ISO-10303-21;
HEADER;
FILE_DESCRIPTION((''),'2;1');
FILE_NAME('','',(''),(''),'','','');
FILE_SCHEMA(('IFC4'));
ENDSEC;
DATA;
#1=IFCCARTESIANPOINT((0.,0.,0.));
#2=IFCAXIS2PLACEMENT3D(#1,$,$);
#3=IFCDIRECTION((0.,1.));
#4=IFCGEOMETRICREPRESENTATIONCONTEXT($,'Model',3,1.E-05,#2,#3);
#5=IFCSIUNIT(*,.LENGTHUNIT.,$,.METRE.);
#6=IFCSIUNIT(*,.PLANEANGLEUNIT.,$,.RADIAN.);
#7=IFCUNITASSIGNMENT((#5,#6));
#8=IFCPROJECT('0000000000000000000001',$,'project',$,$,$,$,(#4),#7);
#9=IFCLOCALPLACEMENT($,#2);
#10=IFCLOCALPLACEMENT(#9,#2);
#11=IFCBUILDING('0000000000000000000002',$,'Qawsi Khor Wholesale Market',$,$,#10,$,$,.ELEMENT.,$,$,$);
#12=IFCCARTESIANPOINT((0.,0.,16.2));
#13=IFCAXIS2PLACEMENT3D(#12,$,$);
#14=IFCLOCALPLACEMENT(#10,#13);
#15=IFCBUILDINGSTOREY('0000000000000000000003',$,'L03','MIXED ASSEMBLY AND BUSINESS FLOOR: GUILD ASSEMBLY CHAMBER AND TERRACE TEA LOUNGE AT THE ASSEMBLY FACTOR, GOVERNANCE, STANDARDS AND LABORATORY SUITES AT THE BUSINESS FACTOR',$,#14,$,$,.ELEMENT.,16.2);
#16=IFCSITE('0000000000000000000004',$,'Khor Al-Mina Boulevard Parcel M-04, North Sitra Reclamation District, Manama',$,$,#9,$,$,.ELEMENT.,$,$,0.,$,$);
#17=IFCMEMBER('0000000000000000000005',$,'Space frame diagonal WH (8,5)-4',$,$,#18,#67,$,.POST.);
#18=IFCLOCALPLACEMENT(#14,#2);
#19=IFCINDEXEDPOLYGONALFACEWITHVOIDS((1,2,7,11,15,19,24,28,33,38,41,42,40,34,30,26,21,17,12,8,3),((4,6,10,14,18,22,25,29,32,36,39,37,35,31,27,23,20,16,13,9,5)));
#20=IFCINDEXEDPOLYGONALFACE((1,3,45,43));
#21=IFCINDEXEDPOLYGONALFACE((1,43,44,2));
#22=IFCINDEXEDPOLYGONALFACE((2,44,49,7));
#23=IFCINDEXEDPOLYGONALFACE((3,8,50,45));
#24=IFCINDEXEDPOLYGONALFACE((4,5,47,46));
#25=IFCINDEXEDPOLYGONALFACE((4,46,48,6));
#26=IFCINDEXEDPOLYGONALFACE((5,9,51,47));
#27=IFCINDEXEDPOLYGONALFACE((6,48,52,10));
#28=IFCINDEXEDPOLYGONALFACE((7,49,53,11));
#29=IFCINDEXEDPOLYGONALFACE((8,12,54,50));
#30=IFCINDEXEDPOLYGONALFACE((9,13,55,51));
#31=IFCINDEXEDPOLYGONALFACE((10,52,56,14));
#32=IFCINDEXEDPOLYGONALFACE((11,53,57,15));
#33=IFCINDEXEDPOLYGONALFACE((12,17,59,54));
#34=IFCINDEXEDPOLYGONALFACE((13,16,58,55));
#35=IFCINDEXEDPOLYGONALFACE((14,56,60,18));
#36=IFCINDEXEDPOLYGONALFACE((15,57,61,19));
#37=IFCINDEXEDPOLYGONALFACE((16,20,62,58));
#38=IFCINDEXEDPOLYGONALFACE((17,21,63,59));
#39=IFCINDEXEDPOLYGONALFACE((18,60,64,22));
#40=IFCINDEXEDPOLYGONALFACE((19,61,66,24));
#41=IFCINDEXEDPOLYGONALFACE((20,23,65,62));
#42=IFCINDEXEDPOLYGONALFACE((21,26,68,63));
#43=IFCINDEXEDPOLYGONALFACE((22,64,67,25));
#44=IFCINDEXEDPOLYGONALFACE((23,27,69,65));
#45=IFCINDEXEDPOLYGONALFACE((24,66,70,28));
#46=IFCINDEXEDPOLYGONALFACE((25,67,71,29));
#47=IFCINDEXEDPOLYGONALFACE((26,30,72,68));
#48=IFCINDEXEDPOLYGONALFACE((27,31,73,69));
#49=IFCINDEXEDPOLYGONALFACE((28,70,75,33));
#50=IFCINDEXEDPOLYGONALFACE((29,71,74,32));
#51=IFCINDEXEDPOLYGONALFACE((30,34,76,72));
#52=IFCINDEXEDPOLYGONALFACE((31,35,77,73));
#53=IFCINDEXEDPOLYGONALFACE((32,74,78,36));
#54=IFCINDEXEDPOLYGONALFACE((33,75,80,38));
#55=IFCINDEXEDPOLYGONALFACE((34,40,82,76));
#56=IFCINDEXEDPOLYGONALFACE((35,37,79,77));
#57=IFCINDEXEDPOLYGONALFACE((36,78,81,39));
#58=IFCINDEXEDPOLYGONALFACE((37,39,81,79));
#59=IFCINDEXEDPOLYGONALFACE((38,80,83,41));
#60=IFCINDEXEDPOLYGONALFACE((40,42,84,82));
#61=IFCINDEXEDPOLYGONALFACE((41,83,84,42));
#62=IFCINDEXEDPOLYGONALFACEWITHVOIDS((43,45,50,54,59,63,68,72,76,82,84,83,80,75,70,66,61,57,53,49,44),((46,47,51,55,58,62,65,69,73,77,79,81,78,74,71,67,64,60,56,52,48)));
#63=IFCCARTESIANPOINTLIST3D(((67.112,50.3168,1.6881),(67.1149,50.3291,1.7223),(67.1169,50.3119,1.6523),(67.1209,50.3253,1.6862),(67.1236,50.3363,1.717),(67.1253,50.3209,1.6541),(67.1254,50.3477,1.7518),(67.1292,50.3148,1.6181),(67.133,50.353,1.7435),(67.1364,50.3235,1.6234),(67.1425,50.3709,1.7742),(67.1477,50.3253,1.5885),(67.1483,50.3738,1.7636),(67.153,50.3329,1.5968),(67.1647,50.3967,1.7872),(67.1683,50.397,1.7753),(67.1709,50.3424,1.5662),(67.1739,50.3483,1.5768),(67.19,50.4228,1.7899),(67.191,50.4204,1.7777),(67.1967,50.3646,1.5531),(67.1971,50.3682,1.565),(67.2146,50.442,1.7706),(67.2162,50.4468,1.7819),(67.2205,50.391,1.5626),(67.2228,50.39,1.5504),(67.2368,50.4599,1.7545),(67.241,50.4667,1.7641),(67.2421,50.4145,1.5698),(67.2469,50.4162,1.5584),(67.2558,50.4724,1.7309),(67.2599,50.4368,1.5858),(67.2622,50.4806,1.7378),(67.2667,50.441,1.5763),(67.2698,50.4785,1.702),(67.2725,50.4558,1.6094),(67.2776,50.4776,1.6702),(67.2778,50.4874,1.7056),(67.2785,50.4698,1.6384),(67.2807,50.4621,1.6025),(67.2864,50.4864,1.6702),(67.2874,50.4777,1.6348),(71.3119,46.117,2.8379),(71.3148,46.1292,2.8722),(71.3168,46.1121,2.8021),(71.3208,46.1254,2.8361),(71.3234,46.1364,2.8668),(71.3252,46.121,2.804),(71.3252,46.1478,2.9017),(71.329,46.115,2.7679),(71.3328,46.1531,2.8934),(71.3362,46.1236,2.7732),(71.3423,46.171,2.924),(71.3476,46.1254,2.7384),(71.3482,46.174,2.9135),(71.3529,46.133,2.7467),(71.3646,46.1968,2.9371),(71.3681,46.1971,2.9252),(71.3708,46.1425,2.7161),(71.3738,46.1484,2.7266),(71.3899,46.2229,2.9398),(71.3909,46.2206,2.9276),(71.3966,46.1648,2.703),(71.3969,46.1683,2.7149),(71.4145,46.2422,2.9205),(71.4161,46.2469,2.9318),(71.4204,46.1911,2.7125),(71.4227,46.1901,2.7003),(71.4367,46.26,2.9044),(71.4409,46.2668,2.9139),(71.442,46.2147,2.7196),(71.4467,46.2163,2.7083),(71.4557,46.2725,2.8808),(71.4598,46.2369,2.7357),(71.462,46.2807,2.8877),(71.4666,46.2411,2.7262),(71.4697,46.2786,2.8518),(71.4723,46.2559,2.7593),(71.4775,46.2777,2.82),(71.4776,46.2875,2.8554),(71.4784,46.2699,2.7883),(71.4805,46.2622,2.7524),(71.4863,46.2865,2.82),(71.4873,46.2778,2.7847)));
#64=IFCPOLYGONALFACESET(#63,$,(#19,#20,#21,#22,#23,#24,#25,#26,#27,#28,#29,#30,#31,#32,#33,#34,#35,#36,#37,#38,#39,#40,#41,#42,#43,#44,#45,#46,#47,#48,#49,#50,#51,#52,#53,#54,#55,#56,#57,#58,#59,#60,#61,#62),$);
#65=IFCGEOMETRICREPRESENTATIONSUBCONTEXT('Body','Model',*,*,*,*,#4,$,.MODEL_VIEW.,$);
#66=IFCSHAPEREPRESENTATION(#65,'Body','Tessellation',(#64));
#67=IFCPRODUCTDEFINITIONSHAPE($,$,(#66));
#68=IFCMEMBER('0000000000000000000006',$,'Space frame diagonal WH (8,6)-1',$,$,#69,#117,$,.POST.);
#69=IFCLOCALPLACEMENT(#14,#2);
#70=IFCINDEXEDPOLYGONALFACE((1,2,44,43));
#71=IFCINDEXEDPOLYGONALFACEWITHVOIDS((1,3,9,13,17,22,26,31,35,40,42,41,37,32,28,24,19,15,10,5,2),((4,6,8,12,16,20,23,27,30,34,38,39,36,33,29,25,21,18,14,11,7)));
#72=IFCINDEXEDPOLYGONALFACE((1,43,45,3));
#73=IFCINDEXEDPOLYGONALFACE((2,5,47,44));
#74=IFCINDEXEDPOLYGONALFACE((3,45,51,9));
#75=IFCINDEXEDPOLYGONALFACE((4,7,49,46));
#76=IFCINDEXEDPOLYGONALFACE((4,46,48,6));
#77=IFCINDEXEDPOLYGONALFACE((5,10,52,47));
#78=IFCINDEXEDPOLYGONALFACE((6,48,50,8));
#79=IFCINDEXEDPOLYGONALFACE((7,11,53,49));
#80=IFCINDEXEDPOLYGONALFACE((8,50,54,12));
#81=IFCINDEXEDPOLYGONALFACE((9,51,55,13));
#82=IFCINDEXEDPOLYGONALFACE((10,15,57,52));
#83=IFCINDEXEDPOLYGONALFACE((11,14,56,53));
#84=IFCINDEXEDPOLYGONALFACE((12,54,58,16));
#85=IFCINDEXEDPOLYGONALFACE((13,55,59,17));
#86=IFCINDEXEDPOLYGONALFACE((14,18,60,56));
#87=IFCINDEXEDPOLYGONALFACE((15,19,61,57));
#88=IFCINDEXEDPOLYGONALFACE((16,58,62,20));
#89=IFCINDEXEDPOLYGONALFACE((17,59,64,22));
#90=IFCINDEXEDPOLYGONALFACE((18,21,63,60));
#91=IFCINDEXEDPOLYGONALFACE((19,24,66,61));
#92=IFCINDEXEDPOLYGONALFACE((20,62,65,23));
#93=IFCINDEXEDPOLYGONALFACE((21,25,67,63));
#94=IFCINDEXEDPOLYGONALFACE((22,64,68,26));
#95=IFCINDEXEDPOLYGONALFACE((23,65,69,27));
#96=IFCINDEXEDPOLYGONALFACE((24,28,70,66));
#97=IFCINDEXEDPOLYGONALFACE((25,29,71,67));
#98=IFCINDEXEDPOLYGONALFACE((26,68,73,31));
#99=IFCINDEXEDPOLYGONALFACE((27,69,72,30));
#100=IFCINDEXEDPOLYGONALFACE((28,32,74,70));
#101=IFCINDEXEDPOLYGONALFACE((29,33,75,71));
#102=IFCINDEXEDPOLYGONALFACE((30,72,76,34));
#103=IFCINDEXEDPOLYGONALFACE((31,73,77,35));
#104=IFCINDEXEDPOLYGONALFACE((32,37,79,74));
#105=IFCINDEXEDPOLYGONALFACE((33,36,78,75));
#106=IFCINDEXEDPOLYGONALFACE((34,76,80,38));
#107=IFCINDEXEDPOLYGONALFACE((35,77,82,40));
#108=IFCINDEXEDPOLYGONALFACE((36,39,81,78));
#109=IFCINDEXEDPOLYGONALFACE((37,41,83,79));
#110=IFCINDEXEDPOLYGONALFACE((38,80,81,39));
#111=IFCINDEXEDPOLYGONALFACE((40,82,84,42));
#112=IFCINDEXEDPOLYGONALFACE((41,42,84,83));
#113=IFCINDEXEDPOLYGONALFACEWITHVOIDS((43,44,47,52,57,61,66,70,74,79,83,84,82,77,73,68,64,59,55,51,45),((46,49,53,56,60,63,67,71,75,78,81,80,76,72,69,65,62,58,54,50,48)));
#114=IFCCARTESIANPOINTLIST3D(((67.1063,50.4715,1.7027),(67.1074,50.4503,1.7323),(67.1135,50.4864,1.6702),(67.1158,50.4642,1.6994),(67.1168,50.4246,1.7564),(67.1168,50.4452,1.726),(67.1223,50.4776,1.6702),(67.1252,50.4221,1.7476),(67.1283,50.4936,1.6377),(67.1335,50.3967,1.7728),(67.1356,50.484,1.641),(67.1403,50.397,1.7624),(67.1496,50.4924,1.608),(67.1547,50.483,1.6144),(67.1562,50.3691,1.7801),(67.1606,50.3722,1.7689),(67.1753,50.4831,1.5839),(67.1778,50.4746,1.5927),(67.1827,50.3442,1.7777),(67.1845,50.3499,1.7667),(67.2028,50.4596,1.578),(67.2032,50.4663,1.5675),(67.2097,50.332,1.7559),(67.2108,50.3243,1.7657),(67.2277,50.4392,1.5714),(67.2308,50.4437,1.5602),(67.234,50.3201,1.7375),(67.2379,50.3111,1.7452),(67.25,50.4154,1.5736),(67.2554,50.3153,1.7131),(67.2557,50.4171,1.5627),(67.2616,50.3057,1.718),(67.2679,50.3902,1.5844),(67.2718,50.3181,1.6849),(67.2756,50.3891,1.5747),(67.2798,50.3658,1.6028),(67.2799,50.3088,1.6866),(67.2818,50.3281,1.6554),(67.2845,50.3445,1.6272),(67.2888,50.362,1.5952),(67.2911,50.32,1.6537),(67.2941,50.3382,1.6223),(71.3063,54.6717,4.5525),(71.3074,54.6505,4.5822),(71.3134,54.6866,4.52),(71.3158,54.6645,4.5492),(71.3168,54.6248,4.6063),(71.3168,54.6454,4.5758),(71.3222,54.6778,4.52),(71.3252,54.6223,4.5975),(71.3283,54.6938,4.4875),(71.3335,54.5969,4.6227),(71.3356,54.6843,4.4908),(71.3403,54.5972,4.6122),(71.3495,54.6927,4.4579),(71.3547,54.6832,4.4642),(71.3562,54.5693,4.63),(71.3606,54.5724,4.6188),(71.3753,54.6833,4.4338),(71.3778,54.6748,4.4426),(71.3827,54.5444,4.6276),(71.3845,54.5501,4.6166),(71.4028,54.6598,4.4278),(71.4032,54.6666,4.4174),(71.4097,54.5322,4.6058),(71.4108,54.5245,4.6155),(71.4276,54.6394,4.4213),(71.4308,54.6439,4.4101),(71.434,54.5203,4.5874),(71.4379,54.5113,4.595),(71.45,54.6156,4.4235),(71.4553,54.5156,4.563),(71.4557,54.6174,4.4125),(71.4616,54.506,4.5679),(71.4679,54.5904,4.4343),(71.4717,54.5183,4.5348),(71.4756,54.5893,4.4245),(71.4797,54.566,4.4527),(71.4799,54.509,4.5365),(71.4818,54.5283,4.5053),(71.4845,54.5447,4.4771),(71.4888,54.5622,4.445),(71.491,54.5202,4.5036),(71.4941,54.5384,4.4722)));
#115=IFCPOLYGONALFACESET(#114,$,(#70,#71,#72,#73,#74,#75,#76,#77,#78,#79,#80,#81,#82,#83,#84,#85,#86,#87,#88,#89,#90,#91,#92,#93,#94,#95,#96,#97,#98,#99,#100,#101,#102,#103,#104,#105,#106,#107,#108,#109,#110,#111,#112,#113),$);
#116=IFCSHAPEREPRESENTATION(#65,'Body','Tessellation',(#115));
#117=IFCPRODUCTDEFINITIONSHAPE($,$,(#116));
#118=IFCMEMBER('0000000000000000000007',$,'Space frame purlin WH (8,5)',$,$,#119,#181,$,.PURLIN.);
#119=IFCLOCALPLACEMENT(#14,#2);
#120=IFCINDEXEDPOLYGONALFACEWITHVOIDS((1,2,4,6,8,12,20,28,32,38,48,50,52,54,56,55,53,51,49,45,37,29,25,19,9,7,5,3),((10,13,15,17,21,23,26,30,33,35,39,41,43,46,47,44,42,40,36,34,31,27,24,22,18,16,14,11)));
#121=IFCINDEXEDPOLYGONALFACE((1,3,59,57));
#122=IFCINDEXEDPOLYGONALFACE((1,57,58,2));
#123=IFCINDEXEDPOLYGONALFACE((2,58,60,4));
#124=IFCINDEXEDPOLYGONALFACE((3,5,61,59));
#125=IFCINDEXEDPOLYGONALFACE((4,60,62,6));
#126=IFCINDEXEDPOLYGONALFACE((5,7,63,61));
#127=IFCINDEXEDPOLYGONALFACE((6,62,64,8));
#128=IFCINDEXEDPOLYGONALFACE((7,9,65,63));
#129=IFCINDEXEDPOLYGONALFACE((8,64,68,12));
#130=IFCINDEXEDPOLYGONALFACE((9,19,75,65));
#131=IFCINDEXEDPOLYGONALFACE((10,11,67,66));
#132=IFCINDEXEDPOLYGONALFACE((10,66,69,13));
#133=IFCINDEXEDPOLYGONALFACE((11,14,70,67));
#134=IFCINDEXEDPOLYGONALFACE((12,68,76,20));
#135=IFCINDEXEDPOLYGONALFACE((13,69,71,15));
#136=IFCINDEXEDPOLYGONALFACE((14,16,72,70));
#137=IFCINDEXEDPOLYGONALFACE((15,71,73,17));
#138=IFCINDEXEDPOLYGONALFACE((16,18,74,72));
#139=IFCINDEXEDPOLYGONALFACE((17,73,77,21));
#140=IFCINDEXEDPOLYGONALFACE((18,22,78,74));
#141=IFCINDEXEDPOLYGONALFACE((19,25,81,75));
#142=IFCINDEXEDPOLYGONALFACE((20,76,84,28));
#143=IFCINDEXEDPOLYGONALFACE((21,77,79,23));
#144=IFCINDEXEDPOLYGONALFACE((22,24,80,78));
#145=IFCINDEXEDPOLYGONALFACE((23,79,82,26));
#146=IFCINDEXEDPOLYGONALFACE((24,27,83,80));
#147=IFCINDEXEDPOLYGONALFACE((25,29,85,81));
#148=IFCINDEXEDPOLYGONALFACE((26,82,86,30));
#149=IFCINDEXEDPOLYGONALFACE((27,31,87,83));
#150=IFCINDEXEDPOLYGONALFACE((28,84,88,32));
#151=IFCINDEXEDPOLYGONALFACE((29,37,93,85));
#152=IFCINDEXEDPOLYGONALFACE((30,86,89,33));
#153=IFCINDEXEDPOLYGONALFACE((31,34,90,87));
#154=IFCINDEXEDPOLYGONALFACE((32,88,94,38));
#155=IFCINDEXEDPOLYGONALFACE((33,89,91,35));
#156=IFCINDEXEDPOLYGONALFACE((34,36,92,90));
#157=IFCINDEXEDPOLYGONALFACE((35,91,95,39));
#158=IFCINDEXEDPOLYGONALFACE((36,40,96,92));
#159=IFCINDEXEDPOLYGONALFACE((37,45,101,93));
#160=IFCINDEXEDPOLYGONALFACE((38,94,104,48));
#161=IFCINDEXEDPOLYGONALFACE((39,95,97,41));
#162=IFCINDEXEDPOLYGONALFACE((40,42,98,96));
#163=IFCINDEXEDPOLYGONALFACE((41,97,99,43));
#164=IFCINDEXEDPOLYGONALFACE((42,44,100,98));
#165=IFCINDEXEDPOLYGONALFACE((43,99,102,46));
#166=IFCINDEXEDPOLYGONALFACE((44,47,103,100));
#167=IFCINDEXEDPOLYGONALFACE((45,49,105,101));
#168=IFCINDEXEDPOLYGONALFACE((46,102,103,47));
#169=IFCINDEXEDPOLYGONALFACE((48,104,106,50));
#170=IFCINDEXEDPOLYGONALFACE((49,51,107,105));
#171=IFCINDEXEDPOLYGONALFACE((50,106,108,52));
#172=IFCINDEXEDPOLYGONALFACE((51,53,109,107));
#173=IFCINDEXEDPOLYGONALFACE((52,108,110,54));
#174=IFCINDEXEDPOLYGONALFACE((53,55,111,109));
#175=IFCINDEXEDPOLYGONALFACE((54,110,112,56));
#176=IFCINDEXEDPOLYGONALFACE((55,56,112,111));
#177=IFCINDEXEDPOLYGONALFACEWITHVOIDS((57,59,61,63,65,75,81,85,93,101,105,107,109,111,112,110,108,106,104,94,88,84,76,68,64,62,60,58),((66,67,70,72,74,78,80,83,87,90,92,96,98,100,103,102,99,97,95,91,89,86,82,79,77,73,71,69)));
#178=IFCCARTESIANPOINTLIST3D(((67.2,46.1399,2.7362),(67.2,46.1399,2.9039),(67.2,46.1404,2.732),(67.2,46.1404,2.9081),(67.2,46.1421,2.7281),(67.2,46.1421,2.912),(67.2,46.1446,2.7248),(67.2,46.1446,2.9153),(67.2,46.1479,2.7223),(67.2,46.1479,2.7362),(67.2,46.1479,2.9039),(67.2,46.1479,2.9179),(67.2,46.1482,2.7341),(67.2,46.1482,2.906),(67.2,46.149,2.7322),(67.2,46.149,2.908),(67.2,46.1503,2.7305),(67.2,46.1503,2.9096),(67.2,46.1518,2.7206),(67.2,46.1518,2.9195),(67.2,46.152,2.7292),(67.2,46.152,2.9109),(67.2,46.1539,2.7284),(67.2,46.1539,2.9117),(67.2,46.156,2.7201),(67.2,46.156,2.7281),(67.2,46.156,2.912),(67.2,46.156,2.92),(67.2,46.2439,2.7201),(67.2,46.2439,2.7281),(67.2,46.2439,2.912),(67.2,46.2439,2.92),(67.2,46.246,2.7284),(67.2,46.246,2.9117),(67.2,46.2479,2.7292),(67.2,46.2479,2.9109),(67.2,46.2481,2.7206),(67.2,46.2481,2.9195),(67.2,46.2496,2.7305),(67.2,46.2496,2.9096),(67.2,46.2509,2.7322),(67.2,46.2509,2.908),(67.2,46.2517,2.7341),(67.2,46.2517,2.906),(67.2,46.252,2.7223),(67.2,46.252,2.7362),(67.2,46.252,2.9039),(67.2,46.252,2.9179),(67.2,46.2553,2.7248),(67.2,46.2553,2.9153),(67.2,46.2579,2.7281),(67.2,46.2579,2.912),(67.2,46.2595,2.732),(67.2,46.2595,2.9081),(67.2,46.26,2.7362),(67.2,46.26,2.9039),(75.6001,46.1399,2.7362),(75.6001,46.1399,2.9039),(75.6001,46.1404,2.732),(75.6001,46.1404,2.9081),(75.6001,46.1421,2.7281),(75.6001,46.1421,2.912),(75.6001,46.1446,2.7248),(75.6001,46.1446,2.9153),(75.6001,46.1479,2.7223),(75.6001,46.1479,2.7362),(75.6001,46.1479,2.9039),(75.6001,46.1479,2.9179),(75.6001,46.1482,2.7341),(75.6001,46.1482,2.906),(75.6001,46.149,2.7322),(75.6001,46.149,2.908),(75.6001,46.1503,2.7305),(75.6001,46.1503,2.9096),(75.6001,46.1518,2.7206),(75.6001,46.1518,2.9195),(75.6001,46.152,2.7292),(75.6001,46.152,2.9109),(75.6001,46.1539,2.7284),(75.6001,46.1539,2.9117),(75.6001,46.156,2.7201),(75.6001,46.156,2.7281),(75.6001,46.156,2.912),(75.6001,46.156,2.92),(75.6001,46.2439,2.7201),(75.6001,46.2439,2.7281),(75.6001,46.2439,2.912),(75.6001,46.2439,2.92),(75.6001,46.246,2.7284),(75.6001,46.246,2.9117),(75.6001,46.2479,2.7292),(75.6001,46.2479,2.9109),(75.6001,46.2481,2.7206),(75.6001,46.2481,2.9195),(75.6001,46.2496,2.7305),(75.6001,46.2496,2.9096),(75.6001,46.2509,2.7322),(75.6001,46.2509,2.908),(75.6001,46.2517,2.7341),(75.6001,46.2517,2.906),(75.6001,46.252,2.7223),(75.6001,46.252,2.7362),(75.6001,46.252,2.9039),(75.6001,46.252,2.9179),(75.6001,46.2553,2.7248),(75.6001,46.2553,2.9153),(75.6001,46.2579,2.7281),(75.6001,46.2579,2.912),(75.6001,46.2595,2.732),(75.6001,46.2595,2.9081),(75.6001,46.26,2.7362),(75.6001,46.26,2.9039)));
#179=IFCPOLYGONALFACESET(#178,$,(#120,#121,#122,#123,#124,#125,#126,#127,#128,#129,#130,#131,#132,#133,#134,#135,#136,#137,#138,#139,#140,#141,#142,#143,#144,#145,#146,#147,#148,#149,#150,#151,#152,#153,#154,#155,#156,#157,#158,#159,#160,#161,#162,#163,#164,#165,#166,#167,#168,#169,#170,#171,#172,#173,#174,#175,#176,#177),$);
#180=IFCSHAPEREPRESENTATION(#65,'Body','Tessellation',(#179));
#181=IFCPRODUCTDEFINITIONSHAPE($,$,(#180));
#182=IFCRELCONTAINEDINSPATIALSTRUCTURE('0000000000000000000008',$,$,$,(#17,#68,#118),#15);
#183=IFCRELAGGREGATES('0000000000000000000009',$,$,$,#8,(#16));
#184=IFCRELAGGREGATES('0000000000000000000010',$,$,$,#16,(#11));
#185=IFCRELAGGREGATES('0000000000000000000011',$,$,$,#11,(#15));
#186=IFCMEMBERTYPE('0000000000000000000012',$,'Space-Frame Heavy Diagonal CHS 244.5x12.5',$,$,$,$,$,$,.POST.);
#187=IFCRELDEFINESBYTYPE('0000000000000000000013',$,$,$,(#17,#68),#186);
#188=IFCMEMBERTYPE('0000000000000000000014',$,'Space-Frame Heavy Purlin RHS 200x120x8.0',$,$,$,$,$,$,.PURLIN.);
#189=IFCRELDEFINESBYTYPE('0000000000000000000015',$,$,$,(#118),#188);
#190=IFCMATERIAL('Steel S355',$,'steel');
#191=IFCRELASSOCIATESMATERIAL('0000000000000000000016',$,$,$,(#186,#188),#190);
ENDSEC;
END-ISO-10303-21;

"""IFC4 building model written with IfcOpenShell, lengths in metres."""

from ifc_helpers import new_model, si_unit, direction, frame, origin, origin_2d, place, context, subcontext, project, spatial, hollow_rectangle, hollow_circle, extrude, material, material_profile, profile_set, type_object, element, save


model = new_model("IFC4")

# Units and contexts
model_context = context("Model", 3, precision=1e-05, world=origin(), true_north=direction((0.0, 1.0)))
body_context = subcontext(model_context, "Body", "Model", "MODEL_VIEW")
ifc_project = project(units=[si_unit("LENGTHUNIT", "METRE"), si_unit("PLANEANGLEUNIT", "RADIAN")], contexts=[model_context])

# Site, building, storey
site_placement = place(None, origin())
site = spatial("IfcSite", under=ifc_project, at=site_placement, Name="Khor Al-Mina Boulevard Parcel M-04, North Sitra Reclamation District, Manama", CompositionType="ELEMENT", RefElevation=0.0)
building_placement = place(site_placement, origin())
building = spatial("IfcBuilding", under=site, at=building_placement, Name="Qawsi Khor Wholesale Market", CompositionType="ELEMENT")
storey_placement = place(building_placement, frame((0.0, 0.0, 16.2)))
storey = spatial("IfcBuildingStorey", under=building, at=storey_placement, Name="L03", Description="MIXED ASSEMBLY AND BUSINESS FLOOR: GUILD ASSEMBLY CHAMBER AND TERRACE TEA LOUNGE AT THE ASSEMBLY FACTOR, GOVERNANCE, STANDARDS AND LABORATORY SUITES AT THE BUSINESS FACTOR", CompositionType="ELEMENT", Elevation=16.2)

# Members
ifc_material_1 = material(Name="Steel S355", Category="steel")
ifc_material_profile_1 = material_profile(ifc_material_1, hollow_circle(Radius=0.1223, WallThickness=0.0125, at=origin_2d()), Name="CHS 244.5x12.5")
ifc_profile_set_1 = profile_set([ifc_material_profile_1], Name="Steel S355")
member_type_1 = type_object("IfcMemberType", Name="Space-Frame Heavy Diagonal CHS 244.5x12.5", PredefinedType="POST", material=ifc_profile_set_1)
member_1_placement = place(storey_placement, frame((67.2, 50.3999, 1.6702), z_axis=(0.694217, -0.694217, 0.190069), x_axis=(0.707107, 0.707107, 0.0)))
element("IfcMember", 1, at=member_1_placement, inside=storey, type_object=member_type_1, Name="Space frame diagonal WH (8,5)-4", PredefinedType="POST", context=body_context, shape_type="SweptSolid", body=[
    extrude(hollow_circle(Radius=0.1223, WallThickness=0.0125, at=origin_2d()), origin(), (0.0, 0.0, 1.0), 6.0498),
])
member_2_placement = place(storey_placement, frame((67.2, 50.3999, 1.6702), z_axis=(0.637507, 0.637544, 0.432577), x_axis=(-0.707127, 0.707086, 0.0)))
element("IfcMember", 2, at=member_2_placement, inside=storey, type_object=member_type_1, Name="Space frame diagonal WH (8,6)-1", PredefinedType="POST", context=body_context, shape_type="SweptSolid", body=[
    extrude(hollow_circle(Radius=0.1223, WallThickness=0.0125, at=origin_2d()), origin(), (0.0, 0.0, 1.0), 6.5881),
])
ifc_material_profile_2 = material_profile(ifc_material_1, hollow_rectangle(XDim=0.1201, YDim=0.2, WallThickness=0.0081, InnerFilletRadius=0.0081, OuterFilletRadius=0.0161, at=origin_2d()), Name="RHS 200x120x8.0")
ifc_profile_set_2 = profile_set([ifc_material_profile_2], Name="Steel S355")
member_type_2 = type_object("IfcMemberType", Name="Space-Frame Heavy Purlin RHS 200x120x8.0", PredefinedType="PURLIN", material=ifc_profile_set_2)
member_3_placement = place(storey_placement, frame((67.2, 46.2, 2.8201), z_axis=(1.0, 0.0, 0.0), x_axis=(0.0, 1.0, 0.0)))
element("IfcMember", 3, at=member_3_placement, inside=storey, type_object=member_type_2, Name="Space frame purlin WH (8,5)", PredefinedType="PURLIN", context=body_context, shape_type="SweptSolid", body=[
    extrude(hollow_rectangle(XDim=0.1201, YDim=0.2, WallThickness=0.0081, InnerFilletRadius=0.0081, OuterFilletRadius=0.0161, at=origin_2d()), origin(), (0.0, 0.0, 1.0), 8.4001),
])

save(model, "model.ifc")
